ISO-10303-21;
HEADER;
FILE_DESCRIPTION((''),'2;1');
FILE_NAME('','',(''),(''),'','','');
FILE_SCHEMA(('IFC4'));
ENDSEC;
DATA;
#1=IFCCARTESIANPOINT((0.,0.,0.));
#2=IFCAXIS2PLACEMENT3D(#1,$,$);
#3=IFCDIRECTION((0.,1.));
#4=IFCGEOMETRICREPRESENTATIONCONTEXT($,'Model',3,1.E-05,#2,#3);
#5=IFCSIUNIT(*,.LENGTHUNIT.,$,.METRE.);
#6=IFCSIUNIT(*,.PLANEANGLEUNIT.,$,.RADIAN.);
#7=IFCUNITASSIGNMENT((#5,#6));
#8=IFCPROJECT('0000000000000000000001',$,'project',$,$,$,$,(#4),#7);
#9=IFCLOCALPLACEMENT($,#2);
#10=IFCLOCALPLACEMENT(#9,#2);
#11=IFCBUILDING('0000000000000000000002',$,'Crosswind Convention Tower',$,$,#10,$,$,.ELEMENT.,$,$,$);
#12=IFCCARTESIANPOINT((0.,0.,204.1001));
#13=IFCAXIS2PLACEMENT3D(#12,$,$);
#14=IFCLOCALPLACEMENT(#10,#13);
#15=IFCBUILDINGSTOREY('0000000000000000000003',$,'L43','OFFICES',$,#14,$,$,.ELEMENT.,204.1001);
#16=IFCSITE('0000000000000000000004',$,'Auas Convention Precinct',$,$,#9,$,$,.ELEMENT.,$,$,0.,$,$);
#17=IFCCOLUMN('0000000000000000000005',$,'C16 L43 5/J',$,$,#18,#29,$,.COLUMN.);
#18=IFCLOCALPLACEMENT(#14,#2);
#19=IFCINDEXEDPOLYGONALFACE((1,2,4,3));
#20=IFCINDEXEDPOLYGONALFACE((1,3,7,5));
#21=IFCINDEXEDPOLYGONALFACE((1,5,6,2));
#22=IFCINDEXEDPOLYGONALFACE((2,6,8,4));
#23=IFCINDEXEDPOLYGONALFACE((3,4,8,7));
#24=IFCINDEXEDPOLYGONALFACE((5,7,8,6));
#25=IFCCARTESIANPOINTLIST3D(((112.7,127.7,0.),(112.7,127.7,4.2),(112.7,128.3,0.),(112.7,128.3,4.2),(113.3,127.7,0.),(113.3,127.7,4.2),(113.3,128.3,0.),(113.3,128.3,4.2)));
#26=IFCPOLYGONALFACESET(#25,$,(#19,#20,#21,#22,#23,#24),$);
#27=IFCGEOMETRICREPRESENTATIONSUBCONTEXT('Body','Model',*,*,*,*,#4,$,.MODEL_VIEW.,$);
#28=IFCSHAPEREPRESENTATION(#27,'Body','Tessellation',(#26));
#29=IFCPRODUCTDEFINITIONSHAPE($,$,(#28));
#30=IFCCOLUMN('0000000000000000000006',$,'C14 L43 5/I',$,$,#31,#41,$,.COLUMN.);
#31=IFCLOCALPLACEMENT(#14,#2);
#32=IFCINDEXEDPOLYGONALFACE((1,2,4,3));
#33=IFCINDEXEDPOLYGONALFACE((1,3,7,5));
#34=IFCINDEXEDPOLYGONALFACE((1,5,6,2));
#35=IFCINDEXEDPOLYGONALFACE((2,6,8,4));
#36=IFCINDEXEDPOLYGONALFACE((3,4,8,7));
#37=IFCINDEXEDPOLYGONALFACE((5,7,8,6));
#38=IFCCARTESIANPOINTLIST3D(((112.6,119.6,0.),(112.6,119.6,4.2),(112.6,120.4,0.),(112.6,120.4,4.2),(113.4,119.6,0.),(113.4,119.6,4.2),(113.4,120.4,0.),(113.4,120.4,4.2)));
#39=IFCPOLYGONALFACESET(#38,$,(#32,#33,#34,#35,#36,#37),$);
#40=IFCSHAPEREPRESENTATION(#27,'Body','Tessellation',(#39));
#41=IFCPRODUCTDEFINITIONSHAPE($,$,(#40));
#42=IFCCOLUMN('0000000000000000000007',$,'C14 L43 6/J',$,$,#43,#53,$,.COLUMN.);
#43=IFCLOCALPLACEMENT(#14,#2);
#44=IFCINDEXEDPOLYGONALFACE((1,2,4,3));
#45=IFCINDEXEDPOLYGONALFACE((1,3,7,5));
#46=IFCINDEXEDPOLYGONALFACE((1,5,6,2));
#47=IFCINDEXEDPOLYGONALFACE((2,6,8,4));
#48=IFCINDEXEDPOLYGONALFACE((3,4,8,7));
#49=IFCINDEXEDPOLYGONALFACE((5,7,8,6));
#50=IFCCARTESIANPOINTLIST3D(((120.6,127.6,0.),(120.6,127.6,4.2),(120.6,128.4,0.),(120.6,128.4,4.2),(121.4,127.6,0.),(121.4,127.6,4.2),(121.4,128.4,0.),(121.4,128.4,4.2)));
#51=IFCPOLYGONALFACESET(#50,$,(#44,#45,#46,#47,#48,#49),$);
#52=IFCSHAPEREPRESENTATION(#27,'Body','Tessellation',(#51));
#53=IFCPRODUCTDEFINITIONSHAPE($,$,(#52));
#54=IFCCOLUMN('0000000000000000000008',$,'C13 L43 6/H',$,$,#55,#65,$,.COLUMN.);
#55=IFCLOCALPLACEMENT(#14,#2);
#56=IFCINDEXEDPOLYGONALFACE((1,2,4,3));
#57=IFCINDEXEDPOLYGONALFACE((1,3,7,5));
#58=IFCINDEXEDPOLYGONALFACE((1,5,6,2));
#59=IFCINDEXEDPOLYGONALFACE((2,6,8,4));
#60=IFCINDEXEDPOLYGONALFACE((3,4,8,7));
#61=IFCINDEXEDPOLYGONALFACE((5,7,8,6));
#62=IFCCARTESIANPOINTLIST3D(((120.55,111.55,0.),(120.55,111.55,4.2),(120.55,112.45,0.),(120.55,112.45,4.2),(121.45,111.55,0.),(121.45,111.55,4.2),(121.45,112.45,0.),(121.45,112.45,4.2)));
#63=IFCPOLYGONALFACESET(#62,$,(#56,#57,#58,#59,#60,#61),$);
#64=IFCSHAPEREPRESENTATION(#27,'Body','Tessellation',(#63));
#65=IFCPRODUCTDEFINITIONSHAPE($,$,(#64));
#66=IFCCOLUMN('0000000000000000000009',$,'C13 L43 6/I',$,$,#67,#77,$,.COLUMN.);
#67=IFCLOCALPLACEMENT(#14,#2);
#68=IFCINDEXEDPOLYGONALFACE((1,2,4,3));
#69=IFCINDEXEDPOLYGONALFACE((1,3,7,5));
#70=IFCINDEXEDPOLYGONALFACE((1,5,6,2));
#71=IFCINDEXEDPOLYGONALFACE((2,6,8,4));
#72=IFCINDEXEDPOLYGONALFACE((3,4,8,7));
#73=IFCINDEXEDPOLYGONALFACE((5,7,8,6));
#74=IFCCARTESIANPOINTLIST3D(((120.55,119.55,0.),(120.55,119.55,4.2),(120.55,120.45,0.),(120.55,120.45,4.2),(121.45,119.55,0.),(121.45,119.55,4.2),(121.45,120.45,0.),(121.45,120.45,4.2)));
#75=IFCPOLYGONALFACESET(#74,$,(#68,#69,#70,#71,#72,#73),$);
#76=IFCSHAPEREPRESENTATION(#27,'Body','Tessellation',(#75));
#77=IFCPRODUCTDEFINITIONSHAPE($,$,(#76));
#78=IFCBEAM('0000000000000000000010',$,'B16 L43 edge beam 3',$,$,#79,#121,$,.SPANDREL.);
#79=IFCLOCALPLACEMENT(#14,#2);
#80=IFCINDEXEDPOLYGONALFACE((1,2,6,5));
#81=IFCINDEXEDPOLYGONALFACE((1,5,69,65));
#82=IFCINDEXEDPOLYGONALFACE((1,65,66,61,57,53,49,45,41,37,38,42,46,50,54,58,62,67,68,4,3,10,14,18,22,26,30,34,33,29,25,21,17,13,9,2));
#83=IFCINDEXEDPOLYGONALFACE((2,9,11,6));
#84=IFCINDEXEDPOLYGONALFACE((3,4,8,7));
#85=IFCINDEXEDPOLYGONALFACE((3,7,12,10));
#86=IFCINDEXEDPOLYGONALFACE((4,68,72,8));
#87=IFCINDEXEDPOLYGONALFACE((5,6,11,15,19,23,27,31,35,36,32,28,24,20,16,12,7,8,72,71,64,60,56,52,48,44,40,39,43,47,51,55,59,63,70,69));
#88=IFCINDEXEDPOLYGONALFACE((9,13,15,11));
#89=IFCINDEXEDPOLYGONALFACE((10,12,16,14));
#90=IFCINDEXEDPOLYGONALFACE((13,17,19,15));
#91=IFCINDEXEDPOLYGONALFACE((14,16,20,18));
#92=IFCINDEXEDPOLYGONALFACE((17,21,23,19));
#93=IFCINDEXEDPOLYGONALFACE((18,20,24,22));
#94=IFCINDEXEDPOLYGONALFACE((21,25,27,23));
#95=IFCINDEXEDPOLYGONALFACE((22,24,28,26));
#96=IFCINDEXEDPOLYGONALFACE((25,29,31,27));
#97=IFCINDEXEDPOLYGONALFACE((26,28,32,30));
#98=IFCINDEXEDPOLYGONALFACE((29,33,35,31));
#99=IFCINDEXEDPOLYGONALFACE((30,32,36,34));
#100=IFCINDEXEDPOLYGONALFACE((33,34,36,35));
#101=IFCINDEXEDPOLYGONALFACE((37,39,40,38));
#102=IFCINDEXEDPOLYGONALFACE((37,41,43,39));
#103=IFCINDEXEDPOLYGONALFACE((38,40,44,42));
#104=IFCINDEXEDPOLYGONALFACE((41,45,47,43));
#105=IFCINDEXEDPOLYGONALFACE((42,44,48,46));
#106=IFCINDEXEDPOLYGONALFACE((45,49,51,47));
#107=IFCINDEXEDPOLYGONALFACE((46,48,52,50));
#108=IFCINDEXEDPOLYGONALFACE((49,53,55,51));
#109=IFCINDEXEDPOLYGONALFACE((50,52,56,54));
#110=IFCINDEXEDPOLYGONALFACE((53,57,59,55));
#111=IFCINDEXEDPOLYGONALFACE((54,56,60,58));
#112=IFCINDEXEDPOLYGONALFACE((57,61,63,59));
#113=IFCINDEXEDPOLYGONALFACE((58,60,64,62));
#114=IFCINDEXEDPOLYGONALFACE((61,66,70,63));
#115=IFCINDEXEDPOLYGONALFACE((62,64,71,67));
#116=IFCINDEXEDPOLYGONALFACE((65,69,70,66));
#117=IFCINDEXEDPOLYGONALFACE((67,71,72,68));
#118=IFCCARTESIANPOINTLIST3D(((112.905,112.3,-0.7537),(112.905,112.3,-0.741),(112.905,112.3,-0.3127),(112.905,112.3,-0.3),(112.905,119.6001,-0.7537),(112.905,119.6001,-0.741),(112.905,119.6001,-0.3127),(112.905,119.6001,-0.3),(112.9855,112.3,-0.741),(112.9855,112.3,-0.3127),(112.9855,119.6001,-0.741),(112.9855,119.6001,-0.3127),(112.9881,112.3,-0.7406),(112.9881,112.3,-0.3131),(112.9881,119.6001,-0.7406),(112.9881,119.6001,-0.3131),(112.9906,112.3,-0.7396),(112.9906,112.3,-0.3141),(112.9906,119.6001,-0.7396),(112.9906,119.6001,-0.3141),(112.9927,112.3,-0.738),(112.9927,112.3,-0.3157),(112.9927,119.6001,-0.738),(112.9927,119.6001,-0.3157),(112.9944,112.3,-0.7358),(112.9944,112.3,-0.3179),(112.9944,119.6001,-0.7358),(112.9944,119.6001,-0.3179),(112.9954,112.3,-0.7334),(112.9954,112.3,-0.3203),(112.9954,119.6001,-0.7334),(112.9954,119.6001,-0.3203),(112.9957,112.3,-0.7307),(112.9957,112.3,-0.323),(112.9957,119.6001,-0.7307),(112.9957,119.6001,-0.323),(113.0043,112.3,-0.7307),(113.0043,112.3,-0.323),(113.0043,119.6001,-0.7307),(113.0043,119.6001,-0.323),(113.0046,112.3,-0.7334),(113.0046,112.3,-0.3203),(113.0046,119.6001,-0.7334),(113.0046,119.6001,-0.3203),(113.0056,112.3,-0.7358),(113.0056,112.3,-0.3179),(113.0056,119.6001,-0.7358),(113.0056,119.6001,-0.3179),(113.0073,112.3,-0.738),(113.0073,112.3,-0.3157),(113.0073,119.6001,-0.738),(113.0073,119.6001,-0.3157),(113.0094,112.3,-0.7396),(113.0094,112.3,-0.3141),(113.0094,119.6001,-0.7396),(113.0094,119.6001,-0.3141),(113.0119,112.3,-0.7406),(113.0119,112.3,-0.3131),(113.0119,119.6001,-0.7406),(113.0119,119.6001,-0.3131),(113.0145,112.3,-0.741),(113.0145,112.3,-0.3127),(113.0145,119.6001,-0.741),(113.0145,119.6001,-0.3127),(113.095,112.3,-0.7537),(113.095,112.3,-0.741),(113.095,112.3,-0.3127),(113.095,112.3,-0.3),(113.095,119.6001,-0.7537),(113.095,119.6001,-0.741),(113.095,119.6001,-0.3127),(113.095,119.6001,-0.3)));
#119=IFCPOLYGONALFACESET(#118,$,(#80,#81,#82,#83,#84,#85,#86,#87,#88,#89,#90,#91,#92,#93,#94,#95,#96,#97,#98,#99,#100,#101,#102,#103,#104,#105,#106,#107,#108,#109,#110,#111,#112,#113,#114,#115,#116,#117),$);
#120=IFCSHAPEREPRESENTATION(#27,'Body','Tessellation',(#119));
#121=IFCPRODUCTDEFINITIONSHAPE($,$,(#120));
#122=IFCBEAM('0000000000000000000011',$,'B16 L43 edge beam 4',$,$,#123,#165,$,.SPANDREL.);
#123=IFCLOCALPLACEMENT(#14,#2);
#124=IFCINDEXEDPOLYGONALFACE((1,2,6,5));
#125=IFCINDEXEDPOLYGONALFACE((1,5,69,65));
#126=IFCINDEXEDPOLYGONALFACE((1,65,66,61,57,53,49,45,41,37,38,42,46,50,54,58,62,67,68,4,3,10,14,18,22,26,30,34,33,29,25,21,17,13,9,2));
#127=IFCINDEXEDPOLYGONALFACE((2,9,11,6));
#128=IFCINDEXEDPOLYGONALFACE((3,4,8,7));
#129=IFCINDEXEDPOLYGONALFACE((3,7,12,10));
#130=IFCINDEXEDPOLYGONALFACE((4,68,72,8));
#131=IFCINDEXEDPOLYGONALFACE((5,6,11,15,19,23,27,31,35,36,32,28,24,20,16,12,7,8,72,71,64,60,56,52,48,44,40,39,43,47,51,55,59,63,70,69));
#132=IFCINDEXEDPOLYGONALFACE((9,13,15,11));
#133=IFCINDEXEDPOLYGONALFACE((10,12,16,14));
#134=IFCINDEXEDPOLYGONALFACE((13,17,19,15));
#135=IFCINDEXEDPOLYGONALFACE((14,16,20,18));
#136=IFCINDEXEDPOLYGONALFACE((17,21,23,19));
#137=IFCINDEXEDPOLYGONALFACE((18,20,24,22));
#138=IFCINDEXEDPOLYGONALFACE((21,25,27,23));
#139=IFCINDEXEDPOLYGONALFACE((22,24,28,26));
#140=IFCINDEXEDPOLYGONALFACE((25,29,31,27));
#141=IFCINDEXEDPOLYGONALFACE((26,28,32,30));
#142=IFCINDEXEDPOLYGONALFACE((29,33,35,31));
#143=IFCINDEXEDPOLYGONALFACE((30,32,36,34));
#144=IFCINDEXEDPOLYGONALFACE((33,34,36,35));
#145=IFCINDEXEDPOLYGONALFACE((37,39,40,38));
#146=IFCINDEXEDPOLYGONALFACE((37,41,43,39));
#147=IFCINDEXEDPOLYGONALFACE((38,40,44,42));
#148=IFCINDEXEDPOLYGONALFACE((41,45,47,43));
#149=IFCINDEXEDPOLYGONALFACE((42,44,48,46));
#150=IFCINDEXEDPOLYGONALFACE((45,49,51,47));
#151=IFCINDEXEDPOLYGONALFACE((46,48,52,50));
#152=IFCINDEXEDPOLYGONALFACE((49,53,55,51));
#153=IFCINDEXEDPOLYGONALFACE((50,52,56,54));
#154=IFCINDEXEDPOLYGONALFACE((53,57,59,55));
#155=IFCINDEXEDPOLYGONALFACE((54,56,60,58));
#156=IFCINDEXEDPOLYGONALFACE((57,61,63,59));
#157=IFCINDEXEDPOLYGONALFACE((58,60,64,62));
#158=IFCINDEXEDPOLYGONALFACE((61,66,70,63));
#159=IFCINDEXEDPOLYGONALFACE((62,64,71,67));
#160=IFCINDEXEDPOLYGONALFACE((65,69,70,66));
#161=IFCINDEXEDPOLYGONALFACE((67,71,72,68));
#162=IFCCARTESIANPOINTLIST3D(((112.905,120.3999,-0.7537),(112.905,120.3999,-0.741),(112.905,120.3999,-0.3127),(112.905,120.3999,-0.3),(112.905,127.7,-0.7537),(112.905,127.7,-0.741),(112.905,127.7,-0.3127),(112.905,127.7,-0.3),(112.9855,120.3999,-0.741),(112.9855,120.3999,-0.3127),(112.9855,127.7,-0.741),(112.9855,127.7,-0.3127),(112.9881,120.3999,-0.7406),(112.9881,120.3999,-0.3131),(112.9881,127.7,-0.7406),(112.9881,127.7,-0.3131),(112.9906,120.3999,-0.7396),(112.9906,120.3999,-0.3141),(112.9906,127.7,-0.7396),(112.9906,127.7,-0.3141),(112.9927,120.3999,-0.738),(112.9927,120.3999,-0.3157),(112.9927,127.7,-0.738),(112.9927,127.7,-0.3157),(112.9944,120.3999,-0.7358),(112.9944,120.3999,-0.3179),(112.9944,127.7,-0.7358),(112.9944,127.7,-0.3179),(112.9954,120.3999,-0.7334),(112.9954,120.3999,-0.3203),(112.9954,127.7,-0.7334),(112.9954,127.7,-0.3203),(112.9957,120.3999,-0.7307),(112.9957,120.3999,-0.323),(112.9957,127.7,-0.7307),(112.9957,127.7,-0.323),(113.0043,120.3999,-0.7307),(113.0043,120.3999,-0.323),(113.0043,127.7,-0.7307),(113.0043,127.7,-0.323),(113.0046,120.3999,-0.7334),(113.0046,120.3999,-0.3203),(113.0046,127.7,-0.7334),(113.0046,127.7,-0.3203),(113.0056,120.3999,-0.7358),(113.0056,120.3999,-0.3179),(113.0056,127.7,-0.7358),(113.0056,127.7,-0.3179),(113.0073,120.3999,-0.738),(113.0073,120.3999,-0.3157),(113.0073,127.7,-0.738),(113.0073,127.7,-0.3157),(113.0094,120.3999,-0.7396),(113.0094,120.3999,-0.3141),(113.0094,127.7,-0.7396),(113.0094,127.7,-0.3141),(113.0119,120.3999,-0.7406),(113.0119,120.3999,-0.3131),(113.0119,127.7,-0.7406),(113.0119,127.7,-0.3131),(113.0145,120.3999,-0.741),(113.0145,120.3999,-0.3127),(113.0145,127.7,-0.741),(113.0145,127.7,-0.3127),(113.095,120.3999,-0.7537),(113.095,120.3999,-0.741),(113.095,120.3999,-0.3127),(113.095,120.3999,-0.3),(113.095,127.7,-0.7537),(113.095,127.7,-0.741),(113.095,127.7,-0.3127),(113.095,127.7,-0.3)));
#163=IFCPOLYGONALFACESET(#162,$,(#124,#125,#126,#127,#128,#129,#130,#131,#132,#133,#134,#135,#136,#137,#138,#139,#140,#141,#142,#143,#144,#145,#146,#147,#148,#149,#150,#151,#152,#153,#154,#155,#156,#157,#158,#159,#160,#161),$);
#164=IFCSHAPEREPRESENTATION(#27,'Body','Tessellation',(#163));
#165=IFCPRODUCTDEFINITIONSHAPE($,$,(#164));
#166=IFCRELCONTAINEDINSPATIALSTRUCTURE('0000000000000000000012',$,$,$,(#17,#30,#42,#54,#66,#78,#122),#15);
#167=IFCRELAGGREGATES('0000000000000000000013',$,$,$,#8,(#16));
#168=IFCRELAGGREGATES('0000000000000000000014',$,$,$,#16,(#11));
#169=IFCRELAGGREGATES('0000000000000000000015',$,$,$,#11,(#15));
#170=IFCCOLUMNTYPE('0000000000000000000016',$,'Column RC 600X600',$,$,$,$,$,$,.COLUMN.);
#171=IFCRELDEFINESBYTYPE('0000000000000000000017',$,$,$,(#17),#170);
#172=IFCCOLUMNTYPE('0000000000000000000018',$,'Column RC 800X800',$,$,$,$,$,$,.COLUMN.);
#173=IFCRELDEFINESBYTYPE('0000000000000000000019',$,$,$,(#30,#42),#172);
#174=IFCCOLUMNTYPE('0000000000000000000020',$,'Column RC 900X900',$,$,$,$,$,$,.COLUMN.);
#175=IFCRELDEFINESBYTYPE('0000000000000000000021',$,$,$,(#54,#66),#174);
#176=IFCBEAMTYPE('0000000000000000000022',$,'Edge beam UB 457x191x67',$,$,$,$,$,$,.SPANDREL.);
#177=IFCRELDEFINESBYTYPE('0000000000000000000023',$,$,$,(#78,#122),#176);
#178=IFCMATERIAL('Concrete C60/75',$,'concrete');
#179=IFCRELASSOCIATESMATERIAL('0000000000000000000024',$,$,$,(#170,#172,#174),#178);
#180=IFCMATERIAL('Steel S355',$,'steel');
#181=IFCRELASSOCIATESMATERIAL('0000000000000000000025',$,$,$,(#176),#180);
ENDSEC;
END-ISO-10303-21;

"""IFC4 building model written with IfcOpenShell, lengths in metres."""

from ifc_helpers import new_model, si_unit, direction, frame, origin, origin_2d, place, context, subcontext, project, spatial, rectangle, i_section, extrude, material, material_profile, profile_set, type_object, element, save


model = new_model("IFC4")

# Units and contexts
model_context = context("Model", 3, precision=1e-05, world=origin(), true_north=direction((0.0, 1.0)))
body_context = subcontext(model_context, "Body", "Model", "MODEL_VIEW")
ifc_project = project(units=[si_unit("LENGTHUNIT", "METRE"), si_unit("PLANEANGLEUNIT", "RADIAN")], contexts=[model_context])

# Site, building, storey
site_placement = place(None, origin())
site = spatial("IfcSite", under=ifc_project, at=site_placement, Name="Auas Convention Precinct", CompositionType="ELEMENT", RefElevation=0.0)
building_placement = place(site_placement, origin())
building = spatial("IfcBuilding", under=site, at=building_placement, Name="Crosswind Convention Tower", CompositionType="ELEMENT")
storey_placement = place(building_placement, frame((0.0, 0.0, 204.1001)))
storey = spatial("IfcBuildingStorey", under=building, at=storey_placement, Name="L43", Description="OFFICES", CompositionType="ELEMENT", Elevation=204.1001)

# Columns
ifc_material_1 = material(Name="Concrete C60/75", Category="concrete")
ifc_material_profile_1 = material_profile(ifc_material_1, rectangle(XDim=0.6001, YDim=0.6001, at=origin_2d()), Name="RC 600X600")
ifc_profile_set_1 = profile_set([ifc_material_profile_1], Name="Concrete C60/75")
column_type_1 = type_object("IfcColumnType", Name="Column RC 600X600", PredefinedType="COLUMN", material=ifc_profile_set_1)
column_placement = place(storey_placement, frame((113.0, 128.0, 0.0), z_axis=(0.0, 0.0, 1.0), x_axis=(1.0, 0.0, 0.0)))
element("IfcColumn", 1, at=column_placement, inside=storey, type_object=column_type_1, Name="C16 L43 5/J", PredefinedType="COLUMN", context=body_context, shape_type="SweptSolid", body=[
    extrude(rectangle(XDim=0.6001, YDim=0.6001, at=origin_2d()), origin(), (0.0, 0.0, 1.0), 4.2),
])
ifc_material_profile_2 = material_profile(ifc_material_1, rectangle(XDim=0.8, YDim=0.8, at=origin_2d()), Name="RC 800X800")
ifc_profile_set_2 = profile_set([ifc_material_profile_2], Name="Concrete C60/75")
column_type_2 = type_object("IfcColumnType", Name="Column RC 800X800", PredefinedType="COLUMN", material=ifc_profile_set_2)
for number, where, z_axis, x_axis, name in (
    (2, (113.0, 120.0, 0.0), (0.0, 0.0, 1.0), (1.0, 0.0, 0.0), "C14 L43 5/I"),
    (3, (121.0, 128.0, 0.0), (0.0, 0.0, 1.0), (1.0, 0.0, 0.0), "C14 L43 6/J"),
):
    element("IfcColumn", number, at=place(storey_placement, frame(where, z_axis=z_axis, x_axis=x_axis)), inside=storey, type_object=column_type_2, Name=name, PredefinedType="COLUMN", context=body_context, shape_type="SweptSolid", body=[
        extrude(rectangle(XDim=0.8, YDim=0.8, at=origin_2d()), origin(), (0.0, 0.0, 1.0), 4.2),
    ])
ifc_material_profile_3 = material_profile(ifc_material_1, rectangle(XDim=0.8999, YDim=0.8999, at=origin_2d()), Name="RC 900X900")
ifc_profile_set_3 = profile_set([ifc_material_profile_3], Name="Concrete C60/75")
column_type_3 = type_object("IfcColumnType", Name="Column RC 900X900", PredefinedType="COLUMN", material=ifc_profile_set_3)
for number, where, z_axis, x_axis, name in (
    (4, (121.0, 112.0, 0.0), (0.0, 0.0, 1.0), (1.0, 0.0, 0.0), "C13 L43 6/H"),
    (5, (121.0, 120.0, 0.0), (0.0, 0.0, 1.0), (1.0, 0.0, 0.0), "C13 L43 6/I"),
):
    element("IfcColumn", number, at=place(storey_placement, frame(where, z_axis=z_axis, x_axis=x_axis)), inside=storey, type_object=column_type_3, Name=name, PredefinedType="COLUMN", context=body_context, shape_type="SweptSolid", body=[
        extrude(rectangle(XDim=0.8999, YDim=0.8999, at=origin_2d()), origin(), (0.0, 0.0, 1.0), 4.2),
    ])

# Beams
ifc_material_2 = material(Name="Steel S355", Category="steel")
ifc_material_profile_4 = material_profile(ifc_material_2, i_section(OverallWidth=0.1899, OverallDepth=0.4536, WebThickness=0.0085, FlangeThickness=0.0127, FilletRadius=0.0103, at=origin_2d()), Name="UB 457x191x67")
ifc_profile_set_4 = profile_set([ifc_material_profile_4], Name="Steel S355")
beam_type_1 = type_object("IfcBeamType", Name="Edge beam UB 457x191x67", PredefinedType="SPANDREL", material=ifc_profile_set_4)
for number, where, z_axis, x_axis, name in (
    (6, (113.0, 112.3, -0.5269), (0.0, 1.0, 0.0), (-1.0, 0.0, 0.0), "B16 L43 edge beam 3"),
    (7, (113.0, 120.3999, -0.5269), (0.0, 1.0, 0.0), (-1.0, 0.0, 0.0), "B16 L43 edge beam 4"),
):
    element("IfcBeam", number, at=place(storey_placement, frame(where, z_axis=z_axis, x_axis=x_axis)), inside=storey, type_object=beam_type_1, Name=name, PredefinedType="SPANDREL", context=body_context, shape_type="SweptSolid", body=[
        extrude(i_section(OverallWidth=0.1899, OverallDepth=0.4536, WebThickness=0.0085, FlangeThickness=0.0127, FilletRadius=0.0103, at=origin_2d()), origin(), (0.0, 0.0, 1.0), 7.3),
    ])

save(model, "model.ifc")
